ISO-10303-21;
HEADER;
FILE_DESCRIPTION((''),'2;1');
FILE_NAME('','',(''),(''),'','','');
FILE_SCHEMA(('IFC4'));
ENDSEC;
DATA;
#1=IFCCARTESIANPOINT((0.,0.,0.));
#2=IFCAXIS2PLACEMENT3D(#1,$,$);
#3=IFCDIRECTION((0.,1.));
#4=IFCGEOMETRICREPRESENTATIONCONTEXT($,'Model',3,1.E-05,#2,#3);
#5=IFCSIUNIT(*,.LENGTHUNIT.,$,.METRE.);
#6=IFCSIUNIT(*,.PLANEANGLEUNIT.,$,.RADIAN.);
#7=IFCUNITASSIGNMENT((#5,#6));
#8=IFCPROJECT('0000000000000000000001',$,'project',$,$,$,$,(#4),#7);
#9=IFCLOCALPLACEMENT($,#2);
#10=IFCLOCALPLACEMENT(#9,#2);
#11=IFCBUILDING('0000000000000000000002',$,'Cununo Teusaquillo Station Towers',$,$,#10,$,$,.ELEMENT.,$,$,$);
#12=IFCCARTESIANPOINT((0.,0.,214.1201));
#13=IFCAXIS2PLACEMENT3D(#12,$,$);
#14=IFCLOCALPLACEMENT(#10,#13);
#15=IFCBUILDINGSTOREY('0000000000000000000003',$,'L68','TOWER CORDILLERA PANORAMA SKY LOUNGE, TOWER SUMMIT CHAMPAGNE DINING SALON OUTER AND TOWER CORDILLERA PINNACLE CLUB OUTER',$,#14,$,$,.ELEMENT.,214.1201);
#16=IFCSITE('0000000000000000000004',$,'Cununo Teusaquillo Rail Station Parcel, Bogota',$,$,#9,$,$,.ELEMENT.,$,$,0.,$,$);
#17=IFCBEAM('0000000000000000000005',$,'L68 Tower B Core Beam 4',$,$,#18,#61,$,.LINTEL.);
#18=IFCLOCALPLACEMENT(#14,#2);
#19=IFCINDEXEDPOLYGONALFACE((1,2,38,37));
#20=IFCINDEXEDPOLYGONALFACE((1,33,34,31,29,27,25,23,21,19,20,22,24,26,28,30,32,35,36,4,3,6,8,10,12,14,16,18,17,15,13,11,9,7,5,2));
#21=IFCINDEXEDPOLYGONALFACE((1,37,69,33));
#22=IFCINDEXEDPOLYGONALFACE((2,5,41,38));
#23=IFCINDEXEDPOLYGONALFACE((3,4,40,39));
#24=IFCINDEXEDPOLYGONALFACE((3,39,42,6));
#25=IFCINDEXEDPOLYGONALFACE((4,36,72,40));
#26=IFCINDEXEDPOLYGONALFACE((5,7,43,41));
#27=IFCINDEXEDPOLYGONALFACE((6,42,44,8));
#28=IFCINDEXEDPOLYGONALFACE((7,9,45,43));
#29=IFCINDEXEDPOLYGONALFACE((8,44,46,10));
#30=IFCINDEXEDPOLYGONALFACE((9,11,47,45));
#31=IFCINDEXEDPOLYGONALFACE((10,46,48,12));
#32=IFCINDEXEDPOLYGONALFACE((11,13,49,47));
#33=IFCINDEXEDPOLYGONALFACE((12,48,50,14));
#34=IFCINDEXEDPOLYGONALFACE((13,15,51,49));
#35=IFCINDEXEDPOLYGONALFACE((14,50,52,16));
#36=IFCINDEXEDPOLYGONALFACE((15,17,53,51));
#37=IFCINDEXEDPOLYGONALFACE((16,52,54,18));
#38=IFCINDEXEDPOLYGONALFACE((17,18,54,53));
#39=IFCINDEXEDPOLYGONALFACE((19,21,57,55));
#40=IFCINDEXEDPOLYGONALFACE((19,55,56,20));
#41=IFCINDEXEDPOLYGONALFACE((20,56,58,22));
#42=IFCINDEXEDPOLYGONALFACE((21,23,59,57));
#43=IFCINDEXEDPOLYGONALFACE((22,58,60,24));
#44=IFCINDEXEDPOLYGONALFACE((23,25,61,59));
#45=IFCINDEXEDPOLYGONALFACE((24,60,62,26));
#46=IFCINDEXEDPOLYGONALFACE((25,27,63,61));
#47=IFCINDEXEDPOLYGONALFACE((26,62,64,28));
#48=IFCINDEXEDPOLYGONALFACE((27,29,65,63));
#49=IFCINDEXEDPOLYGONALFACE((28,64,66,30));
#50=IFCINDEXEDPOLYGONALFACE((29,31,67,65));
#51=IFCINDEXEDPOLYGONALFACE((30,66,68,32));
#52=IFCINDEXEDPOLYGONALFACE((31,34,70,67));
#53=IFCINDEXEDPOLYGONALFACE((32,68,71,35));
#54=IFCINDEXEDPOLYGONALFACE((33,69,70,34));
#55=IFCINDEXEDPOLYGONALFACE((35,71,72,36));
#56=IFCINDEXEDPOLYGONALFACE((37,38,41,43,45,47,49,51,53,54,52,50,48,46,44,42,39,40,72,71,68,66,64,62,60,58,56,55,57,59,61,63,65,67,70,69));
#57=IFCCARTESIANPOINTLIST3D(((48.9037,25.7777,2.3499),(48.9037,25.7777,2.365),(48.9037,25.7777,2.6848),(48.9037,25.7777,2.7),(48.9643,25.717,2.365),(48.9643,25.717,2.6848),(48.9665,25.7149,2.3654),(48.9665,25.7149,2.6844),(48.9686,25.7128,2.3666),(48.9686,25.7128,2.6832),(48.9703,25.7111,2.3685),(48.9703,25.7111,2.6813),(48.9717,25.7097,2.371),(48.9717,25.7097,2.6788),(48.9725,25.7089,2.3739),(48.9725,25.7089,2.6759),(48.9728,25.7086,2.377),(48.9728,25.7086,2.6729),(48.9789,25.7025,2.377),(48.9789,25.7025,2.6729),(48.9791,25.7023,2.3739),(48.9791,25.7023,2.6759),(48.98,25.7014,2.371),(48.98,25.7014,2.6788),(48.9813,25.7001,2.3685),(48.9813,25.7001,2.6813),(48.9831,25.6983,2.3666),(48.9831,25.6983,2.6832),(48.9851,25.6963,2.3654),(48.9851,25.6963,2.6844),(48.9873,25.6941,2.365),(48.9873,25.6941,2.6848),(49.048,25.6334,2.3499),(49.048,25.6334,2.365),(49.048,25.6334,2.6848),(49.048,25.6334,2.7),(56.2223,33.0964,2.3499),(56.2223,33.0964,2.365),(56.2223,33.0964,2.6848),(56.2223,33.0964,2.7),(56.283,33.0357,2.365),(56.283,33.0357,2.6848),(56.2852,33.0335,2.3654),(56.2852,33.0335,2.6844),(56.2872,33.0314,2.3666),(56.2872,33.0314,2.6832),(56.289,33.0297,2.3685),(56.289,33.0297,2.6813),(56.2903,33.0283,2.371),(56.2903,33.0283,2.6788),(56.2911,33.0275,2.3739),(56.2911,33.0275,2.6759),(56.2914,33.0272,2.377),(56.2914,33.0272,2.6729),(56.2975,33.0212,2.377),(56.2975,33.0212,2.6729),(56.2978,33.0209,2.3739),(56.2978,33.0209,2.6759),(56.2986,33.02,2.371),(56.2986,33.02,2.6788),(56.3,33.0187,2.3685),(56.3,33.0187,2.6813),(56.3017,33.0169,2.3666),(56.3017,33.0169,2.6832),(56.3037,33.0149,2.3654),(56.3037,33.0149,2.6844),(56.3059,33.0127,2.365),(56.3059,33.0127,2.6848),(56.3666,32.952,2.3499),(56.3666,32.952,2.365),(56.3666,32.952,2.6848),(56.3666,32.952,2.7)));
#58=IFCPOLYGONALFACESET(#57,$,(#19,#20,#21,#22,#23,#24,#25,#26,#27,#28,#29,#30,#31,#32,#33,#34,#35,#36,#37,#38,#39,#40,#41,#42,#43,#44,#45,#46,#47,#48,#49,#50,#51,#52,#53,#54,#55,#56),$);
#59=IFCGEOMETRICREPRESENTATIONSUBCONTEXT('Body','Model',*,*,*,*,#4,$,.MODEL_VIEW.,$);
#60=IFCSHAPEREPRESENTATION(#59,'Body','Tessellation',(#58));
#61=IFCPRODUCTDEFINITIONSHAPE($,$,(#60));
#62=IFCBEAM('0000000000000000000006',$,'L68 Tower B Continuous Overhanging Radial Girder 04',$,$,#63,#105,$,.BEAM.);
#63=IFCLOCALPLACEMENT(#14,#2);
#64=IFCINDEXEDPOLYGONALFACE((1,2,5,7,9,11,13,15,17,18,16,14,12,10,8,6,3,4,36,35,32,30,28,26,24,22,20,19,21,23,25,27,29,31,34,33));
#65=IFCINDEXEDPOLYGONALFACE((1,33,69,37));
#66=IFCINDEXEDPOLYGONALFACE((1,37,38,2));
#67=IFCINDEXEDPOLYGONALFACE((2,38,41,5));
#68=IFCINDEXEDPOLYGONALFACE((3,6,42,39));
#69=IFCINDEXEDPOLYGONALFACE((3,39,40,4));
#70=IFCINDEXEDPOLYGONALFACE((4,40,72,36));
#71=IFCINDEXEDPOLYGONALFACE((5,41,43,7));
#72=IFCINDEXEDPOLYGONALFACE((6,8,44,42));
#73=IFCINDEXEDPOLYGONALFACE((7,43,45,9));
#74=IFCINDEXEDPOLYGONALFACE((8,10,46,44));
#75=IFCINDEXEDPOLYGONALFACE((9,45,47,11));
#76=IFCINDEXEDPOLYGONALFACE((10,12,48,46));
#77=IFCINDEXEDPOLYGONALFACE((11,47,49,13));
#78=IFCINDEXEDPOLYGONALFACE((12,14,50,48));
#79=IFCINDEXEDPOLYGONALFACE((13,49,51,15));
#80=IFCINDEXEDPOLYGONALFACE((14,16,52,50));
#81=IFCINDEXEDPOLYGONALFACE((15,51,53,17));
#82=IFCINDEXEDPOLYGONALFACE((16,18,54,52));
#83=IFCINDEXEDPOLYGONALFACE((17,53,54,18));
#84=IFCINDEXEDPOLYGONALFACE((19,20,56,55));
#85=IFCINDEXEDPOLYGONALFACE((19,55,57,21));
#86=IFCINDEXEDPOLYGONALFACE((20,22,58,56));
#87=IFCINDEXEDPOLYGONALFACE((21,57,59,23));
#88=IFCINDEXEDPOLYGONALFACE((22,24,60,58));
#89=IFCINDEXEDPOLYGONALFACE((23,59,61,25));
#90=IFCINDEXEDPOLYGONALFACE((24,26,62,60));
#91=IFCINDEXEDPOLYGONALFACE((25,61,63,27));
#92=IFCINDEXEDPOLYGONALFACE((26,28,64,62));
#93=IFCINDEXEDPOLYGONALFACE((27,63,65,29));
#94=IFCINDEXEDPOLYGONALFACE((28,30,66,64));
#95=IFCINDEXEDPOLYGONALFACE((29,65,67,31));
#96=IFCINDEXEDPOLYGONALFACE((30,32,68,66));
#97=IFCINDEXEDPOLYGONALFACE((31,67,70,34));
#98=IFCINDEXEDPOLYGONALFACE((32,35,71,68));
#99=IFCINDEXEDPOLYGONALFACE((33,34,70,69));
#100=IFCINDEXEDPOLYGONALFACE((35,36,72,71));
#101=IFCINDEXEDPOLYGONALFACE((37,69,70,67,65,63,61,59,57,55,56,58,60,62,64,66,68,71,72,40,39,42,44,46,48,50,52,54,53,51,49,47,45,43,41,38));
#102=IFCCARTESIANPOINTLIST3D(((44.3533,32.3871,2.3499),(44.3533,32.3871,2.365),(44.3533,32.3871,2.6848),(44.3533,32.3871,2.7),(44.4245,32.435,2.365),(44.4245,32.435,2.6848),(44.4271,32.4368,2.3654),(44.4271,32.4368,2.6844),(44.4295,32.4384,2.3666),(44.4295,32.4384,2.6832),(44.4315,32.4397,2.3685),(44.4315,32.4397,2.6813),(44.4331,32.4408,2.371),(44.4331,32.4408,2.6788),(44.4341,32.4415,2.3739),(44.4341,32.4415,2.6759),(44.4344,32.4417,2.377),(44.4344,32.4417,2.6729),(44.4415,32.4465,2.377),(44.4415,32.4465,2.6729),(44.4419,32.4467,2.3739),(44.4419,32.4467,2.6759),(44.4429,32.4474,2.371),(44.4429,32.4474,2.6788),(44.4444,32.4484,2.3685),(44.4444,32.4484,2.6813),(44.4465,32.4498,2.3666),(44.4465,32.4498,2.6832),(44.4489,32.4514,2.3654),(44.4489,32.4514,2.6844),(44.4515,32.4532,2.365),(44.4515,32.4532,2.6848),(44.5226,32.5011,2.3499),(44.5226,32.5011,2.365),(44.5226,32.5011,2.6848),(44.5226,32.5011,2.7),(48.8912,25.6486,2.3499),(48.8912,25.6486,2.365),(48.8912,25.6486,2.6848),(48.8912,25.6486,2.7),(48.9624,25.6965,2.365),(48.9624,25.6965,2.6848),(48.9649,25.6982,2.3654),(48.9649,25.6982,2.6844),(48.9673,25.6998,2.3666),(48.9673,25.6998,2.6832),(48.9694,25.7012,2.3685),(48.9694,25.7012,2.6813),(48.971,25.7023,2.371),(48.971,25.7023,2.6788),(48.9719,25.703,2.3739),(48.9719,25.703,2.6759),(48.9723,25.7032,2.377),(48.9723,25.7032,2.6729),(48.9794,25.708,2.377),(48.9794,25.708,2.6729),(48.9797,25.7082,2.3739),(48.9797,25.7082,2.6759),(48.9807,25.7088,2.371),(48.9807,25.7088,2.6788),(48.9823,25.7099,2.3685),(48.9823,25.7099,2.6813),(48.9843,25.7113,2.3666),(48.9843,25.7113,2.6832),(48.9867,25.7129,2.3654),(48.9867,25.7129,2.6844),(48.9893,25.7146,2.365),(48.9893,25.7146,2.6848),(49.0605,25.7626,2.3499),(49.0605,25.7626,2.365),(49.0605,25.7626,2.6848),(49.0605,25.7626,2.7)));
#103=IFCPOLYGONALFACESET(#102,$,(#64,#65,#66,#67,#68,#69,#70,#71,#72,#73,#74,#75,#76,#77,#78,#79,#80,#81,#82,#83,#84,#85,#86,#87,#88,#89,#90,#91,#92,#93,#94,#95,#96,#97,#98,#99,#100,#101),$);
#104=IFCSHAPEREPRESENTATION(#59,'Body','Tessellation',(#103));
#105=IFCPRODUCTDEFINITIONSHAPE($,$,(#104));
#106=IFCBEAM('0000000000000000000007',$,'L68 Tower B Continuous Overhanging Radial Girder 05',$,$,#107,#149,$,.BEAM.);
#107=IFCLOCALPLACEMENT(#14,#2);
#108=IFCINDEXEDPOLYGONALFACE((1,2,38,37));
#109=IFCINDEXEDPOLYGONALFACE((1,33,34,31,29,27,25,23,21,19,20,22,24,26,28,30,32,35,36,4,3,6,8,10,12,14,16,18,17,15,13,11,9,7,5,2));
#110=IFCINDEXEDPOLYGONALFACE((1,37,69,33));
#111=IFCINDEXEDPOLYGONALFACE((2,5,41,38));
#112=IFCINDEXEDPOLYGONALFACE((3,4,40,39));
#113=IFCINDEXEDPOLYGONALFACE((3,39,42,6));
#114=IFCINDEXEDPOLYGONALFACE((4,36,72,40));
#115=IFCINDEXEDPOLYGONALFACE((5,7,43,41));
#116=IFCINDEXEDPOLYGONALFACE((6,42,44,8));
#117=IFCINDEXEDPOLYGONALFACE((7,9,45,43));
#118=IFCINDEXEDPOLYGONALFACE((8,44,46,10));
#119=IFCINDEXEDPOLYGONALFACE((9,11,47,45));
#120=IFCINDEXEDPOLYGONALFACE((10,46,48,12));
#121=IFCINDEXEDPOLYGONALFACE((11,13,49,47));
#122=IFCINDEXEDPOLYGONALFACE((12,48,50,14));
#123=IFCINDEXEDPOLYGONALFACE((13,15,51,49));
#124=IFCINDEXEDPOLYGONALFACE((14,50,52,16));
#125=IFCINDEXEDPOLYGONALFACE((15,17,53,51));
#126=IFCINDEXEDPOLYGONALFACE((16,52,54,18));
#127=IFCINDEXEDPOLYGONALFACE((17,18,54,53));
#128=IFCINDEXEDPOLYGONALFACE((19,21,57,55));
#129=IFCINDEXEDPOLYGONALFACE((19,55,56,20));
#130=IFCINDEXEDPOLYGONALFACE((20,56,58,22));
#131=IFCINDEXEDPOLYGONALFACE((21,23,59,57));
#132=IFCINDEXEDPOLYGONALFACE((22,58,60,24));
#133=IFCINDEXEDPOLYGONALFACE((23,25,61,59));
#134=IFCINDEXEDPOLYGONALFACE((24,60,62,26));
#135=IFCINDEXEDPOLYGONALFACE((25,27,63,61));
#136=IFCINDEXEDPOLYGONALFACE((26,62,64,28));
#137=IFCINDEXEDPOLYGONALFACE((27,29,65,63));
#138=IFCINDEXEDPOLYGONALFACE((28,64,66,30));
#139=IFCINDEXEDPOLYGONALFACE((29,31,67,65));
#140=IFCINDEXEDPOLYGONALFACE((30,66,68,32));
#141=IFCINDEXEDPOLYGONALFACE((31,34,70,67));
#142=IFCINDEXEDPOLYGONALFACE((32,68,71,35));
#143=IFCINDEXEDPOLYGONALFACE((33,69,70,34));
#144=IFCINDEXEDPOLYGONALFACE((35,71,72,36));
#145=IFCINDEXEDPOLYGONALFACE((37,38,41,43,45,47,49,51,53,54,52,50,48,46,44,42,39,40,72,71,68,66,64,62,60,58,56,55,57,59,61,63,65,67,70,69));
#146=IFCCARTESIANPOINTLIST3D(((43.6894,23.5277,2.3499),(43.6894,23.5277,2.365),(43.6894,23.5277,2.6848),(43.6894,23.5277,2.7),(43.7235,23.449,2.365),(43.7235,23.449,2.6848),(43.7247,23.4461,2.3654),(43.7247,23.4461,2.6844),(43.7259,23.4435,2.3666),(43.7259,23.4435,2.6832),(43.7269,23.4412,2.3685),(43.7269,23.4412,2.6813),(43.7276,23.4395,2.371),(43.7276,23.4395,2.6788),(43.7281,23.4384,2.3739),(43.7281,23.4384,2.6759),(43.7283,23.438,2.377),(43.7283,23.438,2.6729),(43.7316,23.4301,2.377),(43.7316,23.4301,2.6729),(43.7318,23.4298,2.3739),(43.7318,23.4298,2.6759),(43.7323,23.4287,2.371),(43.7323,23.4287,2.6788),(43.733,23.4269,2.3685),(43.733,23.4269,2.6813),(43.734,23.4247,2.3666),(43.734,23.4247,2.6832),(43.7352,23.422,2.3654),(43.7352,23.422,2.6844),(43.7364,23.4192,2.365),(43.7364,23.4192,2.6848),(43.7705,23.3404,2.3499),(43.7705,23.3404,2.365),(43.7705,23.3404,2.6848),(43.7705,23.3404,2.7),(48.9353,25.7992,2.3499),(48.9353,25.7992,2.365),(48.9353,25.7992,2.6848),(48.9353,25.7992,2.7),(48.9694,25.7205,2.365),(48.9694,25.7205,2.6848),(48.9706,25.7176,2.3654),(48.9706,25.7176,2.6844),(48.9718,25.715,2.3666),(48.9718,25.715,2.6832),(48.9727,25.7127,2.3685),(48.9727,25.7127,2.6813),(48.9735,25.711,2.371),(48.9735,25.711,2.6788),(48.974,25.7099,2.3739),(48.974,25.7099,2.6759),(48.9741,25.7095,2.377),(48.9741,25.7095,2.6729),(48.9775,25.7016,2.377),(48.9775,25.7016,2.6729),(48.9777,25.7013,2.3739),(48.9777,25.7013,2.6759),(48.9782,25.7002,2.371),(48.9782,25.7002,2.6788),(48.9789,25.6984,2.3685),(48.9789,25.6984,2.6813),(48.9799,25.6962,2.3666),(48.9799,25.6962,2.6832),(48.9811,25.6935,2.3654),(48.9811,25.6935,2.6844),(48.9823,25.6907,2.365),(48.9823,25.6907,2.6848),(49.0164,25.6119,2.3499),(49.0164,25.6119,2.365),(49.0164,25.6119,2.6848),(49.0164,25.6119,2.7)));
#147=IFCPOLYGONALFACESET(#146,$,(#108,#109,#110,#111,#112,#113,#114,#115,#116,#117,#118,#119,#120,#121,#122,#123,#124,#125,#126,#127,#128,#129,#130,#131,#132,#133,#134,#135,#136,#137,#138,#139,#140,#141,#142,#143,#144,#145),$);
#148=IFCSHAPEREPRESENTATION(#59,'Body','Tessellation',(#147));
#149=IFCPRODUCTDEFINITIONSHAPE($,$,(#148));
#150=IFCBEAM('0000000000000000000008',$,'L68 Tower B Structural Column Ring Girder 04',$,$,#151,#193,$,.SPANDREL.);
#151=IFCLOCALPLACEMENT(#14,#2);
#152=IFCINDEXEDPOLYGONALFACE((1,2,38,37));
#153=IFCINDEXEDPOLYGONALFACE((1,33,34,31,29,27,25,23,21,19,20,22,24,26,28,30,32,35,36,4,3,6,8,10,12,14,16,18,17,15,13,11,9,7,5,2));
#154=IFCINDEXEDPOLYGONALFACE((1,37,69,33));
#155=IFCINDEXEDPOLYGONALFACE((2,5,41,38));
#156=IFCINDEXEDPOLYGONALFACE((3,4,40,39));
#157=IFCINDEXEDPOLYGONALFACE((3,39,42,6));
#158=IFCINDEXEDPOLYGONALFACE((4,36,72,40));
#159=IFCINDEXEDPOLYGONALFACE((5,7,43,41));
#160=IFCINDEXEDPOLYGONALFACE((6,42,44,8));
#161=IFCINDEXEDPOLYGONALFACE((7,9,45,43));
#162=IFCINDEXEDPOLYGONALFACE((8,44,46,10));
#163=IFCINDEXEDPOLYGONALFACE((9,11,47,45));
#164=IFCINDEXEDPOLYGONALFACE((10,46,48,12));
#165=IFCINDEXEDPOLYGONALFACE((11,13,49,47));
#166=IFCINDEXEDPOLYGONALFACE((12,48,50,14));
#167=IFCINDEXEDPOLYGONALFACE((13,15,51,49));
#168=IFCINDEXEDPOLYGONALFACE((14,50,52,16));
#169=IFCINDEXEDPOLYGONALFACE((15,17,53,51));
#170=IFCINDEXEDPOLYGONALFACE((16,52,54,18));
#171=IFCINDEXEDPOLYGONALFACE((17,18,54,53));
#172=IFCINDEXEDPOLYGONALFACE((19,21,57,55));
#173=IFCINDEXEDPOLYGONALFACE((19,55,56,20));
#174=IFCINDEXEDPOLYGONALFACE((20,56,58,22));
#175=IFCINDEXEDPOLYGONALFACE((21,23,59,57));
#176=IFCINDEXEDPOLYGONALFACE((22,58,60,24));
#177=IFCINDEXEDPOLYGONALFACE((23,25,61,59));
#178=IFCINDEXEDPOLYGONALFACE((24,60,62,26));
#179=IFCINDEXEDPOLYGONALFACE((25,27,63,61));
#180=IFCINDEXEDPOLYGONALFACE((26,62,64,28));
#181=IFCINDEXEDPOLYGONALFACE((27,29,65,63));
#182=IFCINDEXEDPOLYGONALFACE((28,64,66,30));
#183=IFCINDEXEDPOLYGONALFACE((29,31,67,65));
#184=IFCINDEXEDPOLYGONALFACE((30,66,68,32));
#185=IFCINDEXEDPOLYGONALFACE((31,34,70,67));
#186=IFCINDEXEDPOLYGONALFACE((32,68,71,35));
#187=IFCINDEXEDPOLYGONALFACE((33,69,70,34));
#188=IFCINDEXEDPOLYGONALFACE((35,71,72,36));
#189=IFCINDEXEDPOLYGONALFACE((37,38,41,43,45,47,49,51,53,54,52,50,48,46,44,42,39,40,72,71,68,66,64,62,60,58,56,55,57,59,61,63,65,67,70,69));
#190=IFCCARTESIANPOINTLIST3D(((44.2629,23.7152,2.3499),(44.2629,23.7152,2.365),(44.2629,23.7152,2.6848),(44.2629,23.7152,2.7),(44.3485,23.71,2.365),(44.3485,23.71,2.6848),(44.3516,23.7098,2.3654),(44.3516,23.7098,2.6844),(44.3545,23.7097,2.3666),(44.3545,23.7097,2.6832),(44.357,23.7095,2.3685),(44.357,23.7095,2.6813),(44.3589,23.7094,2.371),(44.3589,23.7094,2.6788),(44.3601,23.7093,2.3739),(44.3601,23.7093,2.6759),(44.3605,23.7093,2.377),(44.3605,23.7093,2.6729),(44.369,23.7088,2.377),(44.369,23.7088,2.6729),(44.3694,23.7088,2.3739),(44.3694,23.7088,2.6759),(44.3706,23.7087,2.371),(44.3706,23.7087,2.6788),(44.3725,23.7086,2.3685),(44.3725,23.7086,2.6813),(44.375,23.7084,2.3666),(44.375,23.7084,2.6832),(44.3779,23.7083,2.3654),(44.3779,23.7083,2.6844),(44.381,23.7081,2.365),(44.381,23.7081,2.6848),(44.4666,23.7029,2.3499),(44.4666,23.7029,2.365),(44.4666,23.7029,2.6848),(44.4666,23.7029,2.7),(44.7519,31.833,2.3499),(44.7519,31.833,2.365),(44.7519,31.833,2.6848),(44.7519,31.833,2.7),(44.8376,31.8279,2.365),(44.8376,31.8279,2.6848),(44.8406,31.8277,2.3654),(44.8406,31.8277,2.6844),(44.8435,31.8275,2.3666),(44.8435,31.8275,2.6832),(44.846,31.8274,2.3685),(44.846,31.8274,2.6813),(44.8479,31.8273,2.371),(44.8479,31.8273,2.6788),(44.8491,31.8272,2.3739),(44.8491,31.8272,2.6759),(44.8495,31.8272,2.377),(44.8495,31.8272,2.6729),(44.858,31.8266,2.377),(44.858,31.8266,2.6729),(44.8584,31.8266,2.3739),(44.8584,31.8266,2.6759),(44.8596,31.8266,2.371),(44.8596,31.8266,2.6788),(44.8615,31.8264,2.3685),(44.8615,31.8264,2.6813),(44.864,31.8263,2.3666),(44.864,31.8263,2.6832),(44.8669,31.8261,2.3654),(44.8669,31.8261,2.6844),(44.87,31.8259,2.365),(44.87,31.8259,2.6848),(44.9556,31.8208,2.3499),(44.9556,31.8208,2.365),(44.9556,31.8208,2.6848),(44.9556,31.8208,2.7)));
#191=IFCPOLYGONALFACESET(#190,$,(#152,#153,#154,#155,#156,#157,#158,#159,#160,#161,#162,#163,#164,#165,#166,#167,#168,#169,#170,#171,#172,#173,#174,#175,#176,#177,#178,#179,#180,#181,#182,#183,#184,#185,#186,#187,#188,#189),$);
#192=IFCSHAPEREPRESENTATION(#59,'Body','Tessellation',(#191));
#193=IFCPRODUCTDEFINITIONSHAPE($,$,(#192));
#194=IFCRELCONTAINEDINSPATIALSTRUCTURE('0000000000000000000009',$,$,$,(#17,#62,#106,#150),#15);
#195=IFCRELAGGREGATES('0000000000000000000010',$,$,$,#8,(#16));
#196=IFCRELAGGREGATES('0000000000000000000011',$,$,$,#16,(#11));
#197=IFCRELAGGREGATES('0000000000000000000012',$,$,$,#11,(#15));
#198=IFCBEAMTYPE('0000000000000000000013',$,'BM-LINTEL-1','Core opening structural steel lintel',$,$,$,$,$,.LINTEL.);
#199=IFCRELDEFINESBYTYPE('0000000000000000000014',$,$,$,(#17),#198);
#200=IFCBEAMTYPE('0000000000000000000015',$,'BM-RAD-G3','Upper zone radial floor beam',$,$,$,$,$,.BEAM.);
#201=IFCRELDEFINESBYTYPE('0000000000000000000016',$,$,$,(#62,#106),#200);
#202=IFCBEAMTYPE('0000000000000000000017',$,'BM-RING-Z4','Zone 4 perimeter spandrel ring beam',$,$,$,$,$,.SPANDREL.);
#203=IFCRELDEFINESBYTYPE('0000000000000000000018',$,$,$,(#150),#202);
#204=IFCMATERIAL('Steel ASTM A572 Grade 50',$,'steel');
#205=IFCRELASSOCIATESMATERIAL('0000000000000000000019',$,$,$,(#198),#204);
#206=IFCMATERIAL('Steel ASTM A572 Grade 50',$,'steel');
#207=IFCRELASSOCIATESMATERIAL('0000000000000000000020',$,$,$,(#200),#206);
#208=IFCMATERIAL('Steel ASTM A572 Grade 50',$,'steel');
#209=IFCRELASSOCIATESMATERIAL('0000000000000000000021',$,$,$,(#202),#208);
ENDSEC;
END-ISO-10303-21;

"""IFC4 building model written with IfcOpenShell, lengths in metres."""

from ifc_helpers import new_model, si_unit, direction, frame, origin, origin_2d, place, context, subcontext, project, spatial, i_section, extrude, material, material_profile, profile_set, type_object, element, save


model = new_model("IFC4")

# Units and contexts
model_context = context("Model", 3, precision=1e-05, world=origin(), true_north=direction((0.0, 1.0)))
body_context = subcontext(model_context, "Body", "Model", "MODEL_VIEW")
ifc_project = project(units=[si_unit("LENGTHUNIT", "METRE"), si_unit("PLANEANGLEUNIT", "RADIAN")], contexts=[model_context])

# Site, building, storey
site_placement = place(None, origin())
site = spatial("IfcSite", under=ifc_project, at=site_placement, Name="Cununo Teusaquillo Rail Station Parcel, Bogota", CompositionType="ELEMENT", RefElevation=0.0)
building_placement = place(site_placement, origin())
building = spatial("IfcBuilding", under=site, at=building_placement, Name="Cununo Teusaquillo Station Towers", CompositionType="ELEMENT")
storey_placement = place(building_placement, frame((0.0, 0.0, 214.1201)))
storey = spatial("IfcBuildingStorey", under=building, at=storey_placement, Name="L68", Description="TOWER CORDILLERA PANORAMA SKY LOUNGE, TOWER SUMMIT CHAMPAGNE DINING SALON OUTER AND TOWER CORDILLERA PINNACLE CLUB OUTER", CompositionType="ELEMENT", Elevation=214.1201)

# Beams
ifc_material_1 = material(Name="Steel ASTM A572 Grade 50", Category="steel")
ifc_material_profile_1 = material_profile(ifc_material_1, i_section(OverallWidth=0.2041, OverallDepth=0.3501, WebThickness=0.0085, FlangeThickness=0.0151, FilletRadius=0.012, at=origin_2d()), Name="W14X48")
ifc_profile_set_1 = profile_set([ifc_material_profile_1], Name="Steel ASTM A572 Grade 50")
beam_type_1 = type_object("IfcBeamType", Name="BM-LINTEL-1", Description="Core opening structural steel lintel", PredefinedType="LINTEL", material=ifc_profile_set_1)
beam_1_placement = place(storey_placement, frame((48.9758, 25.7056, 2.5249), z_axis=(0.707107, 0.707107, 0.0), x_axis=(-0.707107, 0.707107, 0.0)))
element("IfcBeam", 1, at=beam_1_placement, inside=storey, type_object=beam_type_1, Name="L68 Tower B Core Beam 4", PredefinedType="LINTEL", context=body_context, shape_type="SweptSolid", body=[
    extrude(i_section(OverallWidth=0.2041, OverallDepth=0.3501, WebThickness=0.0085, FlangeThickness=0.0151, FilletRadius=0.012, at=origin_2d()), origin(), (0.0, 0.0, 1.0), 10.3501),
])
ifc_material_2 = material(Name="Steel ASTM A572 Grade 50", Category="steel")
ifc_material_profile_2 = material_profile(ifc_material_2, i_section(OverallWidth=0.2041, OverallDepth=0.3501, WebThickness=0.0085, FlangeThickness=0.0151, FilletRadius=0.012, at=origin_2d()), Name="W14X48")
ifc_profile_set_2 = profile_set([ifc_material_profile_2], Name="Steel ASTM A572 Grade 50")
beam_type_2 = type_object("IfcBeamType", Name="BM-RAD-G3", Description="Upper zone radial floor beam", PredefinedType="BEAM", material=ifc_profile_set_2)
beam_2_placement = place(storey_placement, frame((48.9758, 25.7056, 2.5249), z_axis=(-0.558571, 0.829457, 0.0), x_axis=(-0.829457, -0.558571, 0.0)))
element("IfcBeam", 2, at=beam_2_placement, inside=storey, type_object=beam_type_2, Name="L68 Tower B Continuous Overhanging Radial Girder 04", PredefinedType="BEAM", context=body_context, shape_type="SweptSolid", body=[
    extrude(i_section(OverallWidth=0.2041, OverallDepth=0.3501, WebThickness=0.0085, FlangeThickness=0.0151, FilletRadius=0.012, at=origin_2d()), origin(), (0.0, 0.0, 1.0), 8.124),
])
beam_3_placement = place(storey_placement, frame((48.9758, 25.7056, 2.5249), z_axis=(-0.917665, -0.397355, 0.0), x_axis=(0.397355, -0.917665, 0.0)))
element("IfcBeam", 3, at=beam_3_placement, inside=storey, type_object=beam_type_2, Name="L68 Tower B Continuous Overhanging Radial Girder 05", PredefinedType="BEAM", context=body_context, shape_type="SweptSolid", body=[
    extrude(i_section(OverallWidth=0.2041, OverallDepth=0.3501, WebThickness=0.0085, FlangeThickness=0.0151, FilletRadius=0.012, at=origin_2d()), origin(), (0.0, 0.0, 1.0), 5.7166),
])
ifc_material_3 = material(Name="Steel ASTM A572 Grade 50", Category="steel")
ifc_material_profile_3 = material_profile(ifc_material_3, i_section(OverallWidth=0.2041, OverallDepth=0.3501, WebThickness=0.0085, FlangeThickness=0.0151, FilletRadius=0.012, at=origin_2d()), Name="W14X48")
ifc_profile_set_3 = profile_set([ifc_material_profile_3], Name="Steel ASTM A572 Grade 50")
beam_type_3 = type_object("IfcBeamType", Name="BM-RING-Z4", Description="Zone 4 perimeter spandrel ring beam", PredefinedType="SPANDREL", material=ifc_profile_set_3)
beam_4_placement = place(storey_placement, frame((44.8538, 31.8269, 2.5249), z_axis=(-0.06013, -0.998191, 0.0), x_axis=(0.998191, -0.06013, 0.0)))
element("IfcBeam", 4, at=beam_4_placement, inside=storey, type_object=beam_type_3, Name="L68 Tower B Structural Column Ring Girder 04", PredefinedType="SPANDREL", context=body_context, shape_type="SweptSolid", body=[
    extrude(i_section(OverallWidth=0.2041, OverallDepth=0.3501, WebThickness=0.0085, FlangeThickness=0.0151, FilletRadius=0.012, at=origin_2d()), origin(), (0.0, 0.0, 1.0), 8.1326),
])

save(model, "model.ifc")
